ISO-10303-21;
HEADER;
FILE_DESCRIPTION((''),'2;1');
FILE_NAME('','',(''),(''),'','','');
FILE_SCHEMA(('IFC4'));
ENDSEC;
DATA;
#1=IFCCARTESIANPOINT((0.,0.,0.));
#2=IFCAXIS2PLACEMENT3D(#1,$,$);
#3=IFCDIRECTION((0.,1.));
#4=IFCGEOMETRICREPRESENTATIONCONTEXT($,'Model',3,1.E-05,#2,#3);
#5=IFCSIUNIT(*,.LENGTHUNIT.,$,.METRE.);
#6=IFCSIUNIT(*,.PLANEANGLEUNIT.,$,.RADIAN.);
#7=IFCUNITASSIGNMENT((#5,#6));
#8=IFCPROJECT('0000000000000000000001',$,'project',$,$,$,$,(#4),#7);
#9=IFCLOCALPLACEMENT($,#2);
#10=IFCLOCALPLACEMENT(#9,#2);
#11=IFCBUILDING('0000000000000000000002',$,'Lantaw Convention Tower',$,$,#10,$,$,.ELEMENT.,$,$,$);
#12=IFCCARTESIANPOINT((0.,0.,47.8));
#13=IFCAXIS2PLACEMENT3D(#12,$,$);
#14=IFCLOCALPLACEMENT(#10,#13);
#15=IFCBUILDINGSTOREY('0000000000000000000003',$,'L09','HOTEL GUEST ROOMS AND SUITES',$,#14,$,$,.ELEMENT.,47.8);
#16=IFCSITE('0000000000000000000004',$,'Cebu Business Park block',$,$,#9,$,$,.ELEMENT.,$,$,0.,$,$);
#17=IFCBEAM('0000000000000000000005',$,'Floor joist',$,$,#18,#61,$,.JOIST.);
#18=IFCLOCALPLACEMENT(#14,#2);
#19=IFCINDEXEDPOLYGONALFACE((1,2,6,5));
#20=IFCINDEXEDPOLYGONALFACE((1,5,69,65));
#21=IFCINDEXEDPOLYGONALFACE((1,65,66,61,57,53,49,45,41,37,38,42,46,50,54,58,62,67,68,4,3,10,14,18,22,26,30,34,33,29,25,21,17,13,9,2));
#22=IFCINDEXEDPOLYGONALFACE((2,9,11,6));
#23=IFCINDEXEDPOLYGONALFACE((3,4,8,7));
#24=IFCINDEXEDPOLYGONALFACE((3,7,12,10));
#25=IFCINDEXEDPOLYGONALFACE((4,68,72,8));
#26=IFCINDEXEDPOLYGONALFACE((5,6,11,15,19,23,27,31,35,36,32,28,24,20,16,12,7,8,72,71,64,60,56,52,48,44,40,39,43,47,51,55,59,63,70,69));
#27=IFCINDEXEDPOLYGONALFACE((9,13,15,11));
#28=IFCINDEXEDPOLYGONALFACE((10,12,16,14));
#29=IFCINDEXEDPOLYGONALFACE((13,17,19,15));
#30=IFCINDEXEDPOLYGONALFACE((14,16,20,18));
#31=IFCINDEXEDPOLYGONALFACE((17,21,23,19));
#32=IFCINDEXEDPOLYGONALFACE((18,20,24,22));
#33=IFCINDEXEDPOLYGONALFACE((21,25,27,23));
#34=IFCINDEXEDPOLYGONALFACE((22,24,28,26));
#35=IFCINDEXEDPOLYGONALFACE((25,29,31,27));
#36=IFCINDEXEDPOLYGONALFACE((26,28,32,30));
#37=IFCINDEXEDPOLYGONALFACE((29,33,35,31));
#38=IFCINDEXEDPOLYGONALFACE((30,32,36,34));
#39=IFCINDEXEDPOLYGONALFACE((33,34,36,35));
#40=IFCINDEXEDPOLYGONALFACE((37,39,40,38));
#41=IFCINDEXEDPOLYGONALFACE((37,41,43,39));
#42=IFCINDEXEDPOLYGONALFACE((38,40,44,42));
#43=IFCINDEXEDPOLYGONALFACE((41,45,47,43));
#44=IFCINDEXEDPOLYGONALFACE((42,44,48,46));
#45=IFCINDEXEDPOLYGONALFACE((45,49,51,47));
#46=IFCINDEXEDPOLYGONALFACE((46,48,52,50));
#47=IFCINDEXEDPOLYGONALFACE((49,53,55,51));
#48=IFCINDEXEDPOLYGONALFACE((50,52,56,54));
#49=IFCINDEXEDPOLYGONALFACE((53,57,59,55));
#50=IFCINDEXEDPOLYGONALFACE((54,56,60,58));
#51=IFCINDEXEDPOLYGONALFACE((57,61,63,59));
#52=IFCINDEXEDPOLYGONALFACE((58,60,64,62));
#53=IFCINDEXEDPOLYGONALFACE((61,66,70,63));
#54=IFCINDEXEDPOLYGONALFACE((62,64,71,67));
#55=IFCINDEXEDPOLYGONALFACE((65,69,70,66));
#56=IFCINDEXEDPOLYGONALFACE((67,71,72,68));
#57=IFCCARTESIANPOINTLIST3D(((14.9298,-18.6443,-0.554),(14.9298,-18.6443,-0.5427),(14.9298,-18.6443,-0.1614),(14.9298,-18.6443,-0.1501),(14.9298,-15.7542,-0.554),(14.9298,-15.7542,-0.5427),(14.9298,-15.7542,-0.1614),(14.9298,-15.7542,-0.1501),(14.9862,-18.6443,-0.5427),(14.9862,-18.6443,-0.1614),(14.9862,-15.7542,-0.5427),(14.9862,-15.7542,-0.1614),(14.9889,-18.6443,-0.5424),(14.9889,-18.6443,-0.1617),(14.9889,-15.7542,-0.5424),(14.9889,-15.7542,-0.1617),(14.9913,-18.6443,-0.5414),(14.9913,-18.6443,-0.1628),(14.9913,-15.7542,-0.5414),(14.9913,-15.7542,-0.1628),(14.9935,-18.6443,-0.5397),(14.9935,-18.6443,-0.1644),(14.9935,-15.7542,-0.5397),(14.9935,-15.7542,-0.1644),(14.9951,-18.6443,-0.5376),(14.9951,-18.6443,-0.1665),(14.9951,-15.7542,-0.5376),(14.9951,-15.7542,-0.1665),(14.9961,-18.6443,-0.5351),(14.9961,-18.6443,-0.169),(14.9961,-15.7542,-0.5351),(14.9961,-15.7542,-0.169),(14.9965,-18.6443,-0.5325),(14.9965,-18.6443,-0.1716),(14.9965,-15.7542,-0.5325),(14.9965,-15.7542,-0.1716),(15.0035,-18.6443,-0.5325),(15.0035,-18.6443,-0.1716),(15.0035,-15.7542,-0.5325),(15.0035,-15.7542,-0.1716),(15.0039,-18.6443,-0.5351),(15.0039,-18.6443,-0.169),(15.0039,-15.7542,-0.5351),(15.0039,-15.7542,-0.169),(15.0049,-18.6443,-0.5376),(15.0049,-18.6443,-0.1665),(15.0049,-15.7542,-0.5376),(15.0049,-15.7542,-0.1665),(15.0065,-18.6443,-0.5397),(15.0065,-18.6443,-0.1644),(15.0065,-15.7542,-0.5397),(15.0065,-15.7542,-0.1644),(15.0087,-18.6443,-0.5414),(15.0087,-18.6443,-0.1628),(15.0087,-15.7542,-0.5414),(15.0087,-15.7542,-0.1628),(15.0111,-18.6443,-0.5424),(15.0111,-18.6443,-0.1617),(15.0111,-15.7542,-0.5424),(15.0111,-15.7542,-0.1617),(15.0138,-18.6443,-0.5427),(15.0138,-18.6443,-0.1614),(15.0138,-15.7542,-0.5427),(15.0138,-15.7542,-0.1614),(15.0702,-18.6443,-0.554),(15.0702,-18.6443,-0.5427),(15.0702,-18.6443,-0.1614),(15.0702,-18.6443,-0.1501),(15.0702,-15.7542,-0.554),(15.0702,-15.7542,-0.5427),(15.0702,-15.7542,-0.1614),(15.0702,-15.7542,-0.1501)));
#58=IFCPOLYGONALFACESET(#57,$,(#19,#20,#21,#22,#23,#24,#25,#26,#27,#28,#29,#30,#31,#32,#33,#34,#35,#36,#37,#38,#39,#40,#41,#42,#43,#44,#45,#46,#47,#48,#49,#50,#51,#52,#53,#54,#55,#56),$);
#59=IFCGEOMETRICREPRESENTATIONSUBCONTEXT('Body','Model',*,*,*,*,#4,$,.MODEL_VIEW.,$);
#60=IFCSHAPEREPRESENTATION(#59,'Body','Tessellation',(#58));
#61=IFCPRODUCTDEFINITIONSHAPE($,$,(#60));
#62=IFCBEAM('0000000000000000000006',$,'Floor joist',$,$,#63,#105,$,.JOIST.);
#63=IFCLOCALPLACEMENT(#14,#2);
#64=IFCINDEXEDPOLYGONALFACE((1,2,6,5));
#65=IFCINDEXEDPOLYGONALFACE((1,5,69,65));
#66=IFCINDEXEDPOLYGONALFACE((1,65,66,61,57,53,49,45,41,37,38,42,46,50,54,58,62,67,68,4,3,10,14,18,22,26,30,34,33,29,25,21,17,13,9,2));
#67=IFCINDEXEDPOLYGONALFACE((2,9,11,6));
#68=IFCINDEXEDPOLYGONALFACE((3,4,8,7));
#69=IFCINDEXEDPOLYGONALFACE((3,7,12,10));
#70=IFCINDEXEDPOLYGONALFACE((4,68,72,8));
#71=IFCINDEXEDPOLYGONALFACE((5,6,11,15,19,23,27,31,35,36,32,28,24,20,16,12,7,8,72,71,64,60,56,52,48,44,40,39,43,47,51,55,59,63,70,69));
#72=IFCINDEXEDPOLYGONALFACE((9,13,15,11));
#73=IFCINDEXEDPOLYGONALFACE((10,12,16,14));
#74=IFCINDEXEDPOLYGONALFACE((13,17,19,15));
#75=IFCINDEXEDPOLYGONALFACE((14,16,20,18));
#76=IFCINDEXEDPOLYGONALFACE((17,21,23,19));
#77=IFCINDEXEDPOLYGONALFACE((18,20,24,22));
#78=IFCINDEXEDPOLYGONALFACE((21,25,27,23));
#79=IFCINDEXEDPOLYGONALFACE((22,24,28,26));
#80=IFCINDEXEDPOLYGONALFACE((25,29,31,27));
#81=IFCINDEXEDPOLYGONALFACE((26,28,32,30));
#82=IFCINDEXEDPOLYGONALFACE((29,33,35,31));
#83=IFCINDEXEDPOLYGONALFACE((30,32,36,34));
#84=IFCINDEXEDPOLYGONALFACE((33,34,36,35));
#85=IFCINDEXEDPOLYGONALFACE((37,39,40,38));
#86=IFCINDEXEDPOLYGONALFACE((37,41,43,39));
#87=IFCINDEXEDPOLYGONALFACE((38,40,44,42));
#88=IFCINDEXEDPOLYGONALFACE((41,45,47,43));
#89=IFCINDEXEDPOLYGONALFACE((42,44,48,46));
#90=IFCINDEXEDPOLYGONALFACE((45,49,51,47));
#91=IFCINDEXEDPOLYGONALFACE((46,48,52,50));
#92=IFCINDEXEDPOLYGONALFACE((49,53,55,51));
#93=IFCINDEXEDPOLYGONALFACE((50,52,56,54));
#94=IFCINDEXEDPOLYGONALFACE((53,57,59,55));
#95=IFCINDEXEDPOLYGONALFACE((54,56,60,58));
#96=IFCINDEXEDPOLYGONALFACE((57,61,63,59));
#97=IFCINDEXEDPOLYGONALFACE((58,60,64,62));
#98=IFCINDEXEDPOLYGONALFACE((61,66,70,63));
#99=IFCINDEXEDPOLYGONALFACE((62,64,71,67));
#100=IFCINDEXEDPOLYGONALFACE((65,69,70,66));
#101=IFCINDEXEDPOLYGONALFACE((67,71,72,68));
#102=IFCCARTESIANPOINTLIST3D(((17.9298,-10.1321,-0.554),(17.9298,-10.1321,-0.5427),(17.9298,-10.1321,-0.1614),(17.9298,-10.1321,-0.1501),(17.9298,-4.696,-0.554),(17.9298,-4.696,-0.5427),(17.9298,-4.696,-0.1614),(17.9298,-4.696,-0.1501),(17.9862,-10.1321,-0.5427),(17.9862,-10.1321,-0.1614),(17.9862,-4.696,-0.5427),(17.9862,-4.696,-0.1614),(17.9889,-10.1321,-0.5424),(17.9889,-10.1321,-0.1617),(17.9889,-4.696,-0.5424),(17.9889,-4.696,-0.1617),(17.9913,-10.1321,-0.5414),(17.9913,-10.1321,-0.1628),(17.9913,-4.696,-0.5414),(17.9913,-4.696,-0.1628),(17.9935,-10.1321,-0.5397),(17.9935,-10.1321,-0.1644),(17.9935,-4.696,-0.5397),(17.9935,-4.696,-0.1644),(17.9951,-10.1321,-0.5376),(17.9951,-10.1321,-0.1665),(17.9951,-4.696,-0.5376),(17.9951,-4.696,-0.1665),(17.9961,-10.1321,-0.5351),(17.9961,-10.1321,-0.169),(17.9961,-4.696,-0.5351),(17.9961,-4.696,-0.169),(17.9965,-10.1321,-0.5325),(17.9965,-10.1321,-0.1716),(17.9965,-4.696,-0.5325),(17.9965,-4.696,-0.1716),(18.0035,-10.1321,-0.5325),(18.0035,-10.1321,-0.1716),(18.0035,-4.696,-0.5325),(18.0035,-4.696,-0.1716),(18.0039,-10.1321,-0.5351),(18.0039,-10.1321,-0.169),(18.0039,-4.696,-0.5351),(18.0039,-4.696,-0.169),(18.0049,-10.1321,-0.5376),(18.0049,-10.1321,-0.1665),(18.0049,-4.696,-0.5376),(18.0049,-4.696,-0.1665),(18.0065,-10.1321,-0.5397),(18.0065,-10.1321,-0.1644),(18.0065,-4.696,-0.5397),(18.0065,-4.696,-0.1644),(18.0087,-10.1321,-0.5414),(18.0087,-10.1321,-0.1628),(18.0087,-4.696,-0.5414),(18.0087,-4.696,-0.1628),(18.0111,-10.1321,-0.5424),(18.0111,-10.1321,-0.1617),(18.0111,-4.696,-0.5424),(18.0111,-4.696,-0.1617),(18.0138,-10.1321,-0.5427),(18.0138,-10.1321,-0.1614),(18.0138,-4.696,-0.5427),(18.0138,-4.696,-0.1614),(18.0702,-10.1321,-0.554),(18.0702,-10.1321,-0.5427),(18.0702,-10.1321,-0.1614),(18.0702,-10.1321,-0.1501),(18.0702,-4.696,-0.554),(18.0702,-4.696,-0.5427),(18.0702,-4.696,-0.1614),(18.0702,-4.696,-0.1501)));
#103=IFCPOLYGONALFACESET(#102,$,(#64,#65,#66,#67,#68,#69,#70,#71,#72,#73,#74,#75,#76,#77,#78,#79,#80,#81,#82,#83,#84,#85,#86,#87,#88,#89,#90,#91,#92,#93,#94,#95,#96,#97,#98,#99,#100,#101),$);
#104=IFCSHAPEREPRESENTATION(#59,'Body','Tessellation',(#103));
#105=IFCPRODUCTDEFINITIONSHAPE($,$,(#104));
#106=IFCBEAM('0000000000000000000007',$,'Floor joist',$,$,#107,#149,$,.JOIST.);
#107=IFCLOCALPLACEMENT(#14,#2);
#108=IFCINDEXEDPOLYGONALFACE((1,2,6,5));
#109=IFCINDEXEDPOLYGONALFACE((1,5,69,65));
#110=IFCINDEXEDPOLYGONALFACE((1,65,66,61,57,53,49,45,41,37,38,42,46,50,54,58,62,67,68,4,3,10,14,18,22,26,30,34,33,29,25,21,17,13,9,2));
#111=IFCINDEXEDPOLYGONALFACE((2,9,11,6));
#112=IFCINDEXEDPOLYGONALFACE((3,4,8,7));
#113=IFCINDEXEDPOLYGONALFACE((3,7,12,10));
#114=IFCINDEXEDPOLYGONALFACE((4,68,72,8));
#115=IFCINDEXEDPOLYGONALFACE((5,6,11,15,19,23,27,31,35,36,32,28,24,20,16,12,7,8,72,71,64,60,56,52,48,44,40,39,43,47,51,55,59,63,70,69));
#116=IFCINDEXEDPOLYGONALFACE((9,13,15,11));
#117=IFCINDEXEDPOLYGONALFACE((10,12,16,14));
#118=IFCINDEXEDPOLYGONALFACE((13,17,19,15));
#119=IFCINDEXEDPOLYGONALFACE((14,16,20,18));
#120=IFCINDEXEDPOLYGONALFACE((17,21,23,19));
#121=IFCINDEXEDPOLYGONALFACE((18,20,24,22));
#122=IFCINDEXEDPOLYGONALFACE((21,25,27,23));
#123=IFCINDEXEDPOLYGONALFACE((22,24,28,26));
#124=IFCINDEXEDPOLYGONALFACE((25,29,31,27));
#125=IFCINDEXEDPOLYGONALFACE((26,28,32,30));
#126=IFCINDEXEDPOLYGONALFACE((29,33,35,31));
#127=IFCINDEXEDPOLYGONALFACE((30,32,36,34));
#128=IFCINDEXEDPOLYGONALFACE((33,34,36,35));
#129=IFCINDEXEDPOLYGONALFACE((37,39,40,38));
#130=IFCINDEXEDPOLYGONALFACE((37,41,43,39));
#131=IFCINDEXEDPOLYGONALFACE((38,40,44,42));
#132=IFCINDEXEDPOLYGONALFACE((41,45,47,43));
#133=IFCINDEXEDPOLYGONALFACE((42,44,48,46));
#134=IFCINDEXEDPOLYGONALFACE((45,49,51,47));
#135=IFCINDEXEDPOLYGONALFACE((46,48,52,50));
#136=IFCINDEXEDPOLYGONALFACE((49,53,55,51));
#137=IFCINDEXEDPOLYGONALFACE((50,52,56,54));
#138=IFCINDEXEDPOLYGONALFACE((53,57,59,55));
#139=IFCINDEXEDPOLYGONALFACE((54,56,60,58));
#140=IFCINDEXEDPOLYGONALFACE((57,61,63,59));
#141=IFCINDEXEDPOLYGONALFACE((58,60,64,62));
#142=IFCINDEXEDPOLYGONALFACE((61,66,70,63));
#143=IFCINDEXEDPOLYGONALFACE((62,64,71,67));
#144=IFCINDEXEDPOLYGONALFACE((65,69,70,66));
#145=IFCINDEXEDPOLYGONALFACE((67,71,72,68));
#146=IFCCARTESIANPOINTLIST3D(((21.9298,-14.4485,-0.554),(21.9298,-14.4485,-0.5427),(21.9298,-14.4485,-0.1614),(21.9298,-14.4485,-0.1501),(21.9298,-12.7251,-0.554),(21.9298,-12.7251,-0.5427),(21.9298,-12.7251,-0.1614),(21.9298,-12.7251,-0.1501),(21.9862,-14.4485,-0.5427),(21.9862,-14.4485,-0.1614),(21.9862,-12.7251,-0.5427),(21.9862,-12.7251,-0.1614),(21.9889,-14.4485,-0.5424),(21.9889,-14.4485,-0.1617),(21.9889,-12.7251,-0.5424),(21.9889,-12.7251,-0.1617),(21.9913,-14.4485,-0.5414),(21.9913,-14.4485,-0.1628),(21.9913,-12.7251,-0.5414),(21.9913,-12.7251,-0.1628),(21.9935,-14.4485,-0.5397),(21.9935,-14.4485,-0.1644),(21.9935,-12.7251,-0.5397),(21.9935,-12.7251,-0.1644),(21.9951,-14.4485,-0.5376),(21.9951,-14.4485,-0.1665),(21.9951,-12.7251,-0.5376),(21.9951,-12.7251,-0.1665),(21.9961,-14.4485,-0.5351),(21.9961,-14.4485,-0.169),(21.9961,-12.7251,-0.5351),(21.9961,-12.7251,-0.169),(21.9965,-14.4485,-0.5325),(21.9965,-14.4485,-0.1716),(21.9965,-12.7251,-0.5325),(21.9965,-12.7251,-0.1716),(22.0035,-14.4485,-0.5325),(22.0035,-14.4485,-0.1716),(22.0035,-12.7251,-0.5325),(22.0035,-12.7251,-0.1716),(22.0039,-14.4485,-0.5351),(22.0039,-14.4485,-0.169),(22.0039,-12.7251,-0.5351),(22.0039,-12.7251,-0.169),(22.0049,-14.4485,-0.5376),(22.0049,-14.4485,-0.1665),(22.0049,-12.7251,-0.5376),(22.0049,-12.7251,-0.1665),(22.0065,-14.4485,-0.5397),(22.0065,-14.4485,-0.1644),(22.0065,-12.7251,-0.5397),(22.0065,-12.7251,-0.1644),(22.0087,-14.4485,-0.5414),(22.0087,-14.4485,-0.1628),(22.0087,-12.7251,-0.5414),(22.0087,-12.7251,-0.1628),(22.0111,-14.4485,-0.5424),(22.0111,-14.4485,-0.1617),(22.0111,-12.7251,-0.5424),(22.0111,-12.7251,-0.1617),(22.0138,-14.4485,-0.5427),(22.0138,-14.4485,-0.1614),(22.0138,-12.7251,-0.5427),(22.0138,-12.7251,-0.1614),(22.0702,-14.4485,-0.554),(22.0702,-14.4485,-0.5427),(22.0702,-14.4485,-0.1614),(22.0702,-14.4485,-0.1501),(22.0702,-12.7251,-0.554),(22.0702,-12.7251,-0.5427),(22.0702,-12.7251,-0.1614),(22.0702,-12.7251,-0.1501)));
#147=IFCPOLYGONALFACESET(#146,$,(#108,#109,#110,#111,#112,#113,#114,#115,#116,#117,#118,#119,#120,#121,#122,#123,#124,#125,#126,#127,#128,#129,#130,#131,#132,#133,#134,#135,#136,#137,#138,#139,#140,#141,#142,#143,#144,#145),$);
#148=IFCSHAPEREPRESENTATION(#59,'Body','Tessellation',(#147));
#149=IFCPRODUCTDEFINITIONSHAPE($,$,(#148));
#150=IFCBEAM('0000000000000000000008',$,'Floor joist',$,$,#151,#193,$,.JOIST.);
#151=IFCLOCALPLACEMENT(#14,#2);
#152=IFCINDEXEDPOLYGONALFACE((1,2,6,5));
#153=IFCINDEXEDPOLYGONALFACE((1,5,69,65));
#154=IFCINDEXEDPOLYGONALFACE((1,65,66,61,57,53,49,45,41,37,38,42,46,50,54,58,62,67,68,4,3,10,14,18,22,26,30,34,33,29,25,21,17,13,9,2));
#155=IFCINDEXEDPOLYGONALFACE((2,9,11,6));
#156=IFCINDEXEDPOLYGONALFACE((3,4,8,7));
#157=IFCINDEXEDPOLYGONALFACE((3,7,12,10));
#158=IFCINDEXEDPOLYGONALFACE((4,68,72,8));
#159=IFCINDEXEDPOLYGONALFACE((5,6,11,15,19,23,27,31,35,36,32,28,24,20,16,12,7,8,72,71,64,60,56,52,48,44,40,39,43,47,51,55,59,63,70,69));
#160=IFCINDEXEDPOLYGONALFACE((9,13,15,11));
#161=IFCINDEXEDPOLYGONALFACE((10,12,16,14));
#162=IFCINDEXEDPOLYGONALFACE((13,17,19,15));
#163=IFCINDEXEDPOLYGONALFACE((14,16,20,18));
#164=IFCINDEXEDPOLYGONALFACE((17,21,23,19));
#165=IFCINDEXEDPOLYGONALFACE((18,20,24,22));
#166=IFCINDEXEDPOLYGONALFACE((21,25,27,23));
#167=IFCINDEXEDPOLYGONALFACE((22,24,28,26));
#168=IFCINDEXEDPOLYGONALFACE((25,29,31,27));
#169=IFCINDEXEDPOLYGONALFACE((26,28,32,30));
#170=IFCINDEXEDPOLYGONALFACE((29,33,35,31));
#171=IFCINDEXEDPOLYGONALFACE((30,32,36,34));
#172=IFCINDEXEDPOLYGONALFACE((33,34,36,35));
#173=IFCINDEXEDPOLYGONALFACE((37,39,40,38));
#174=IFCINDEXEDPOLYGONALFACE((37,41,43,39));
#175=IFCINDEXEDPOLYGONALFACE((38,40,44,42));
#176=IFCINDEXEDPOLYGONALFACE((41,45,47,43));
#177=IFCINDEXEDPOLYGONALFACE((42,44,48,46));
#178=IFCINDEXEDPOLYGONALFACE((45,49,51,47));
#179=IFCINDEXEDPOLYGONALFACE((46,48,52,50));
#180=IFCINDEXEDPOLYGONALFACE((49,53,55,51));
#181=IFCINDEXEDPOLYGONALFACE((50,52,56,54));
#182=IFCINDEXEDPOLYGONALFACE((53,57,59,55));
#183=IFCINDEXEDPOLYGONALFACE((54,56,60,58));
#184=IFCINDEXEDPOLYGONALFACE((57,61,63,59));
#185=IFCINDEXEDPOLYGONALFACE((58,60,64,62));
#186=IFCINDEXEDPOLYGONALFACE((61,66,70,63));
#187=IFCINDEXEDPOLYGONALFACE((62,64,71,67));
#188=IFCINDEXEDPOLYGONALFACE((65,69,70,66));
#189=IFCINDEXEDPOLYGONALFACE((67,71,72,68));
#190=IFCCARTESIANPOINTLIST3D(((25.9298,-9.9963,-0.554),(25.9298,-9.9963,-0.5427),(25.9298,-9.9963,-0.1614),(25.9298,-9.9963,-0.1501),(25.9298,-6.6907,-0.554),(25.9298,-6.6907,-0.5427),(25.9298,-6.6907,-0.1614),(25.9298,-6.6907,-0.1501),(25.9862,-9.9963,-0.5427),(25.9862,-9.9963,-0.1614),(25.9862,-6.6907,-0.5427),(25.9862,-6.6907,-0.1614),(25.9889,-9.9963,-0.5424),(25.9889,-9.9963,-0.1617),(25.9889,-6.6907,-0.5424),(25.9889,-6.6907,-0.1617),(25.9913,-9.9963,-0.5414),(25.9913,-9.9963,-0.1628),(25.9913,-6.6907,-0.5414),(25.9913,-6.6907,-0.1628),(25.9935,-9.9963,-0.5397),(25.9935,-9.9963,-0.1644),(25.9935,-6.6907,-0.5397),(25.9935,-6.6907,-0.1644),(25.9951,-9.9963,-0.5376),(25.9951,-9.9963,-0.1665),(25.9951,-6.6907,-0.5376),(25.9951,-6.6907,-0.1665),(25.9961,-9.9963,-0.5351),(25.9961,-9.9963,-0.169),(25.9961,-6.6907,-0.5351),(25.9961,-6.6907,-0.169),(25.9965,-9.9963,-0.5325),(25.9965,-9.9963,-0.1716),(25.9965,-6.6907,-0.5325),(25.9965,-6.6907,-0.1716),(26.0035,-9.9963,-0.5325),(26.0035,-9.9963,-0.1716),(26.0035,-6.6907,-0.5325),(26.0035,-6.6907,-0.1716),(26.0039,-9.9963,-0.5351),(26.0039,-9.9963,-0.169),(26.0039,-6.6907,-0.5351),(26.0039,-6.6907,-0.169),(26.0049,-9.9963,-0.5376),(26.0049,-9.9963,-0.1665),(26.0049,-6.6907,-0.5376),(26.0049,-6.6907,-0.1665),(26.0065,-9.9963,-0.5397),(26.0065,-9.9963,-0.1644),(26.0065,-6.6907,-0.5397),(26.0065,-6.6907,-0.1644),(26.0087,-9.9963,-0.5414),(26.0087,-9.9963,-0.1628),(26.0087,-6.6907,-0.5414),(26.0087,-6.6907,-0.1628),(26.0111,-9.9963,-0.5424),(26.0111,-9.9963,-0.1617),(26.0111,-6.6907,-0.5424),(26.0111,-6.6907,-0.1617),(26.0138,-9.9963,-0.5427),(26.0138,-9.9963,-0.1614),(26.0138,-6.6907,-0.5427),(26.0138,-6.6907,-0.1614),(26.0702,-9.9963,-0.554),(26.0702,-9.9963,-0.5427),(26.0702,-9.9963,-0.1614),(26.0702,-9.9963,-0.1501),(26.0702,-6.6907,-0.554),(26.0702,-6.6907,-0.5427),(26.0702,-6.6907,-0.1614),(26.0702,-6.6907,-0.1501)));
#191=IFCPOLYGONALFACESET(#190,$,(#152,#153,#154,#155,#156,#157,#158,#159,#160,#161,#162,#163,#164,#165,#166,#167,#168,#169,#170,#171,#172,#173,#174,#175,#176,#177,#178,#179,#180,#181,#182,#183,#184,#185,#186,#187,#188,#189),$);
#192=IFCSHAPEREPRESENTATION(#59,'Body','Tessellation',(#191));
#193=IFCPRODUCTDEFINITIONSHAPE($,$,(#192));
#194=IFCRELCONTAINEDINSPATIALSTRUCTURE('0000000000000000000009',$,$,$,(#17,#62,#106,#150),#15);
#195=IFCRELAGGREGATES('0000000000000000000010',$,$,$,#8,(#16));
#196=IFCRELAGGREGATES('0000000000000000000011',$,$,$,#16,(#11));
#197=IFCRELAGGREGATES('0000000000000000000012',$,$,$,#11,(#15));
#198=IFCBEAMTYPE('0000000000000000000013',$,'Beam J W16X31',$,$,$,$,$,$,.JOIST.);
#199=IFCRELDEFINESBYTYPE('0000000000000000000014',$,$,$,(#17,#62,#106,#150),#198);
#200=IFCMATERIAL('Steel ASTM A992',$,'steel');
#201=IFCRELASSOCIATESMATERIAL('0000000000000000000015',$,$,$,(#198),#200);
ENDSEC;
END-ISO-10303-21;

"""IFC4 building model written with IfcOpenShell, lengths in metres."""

from ifc_helpers import new_model, si_unit, direction, frame, origin, origin_2d, place, context, subcontext, project, spatial, i_section, extrude, material, material_profile, profile_set, type_object, element, save


model = new_model("IFC4")

# Units and contexts
model_context = context("Model", 3, precision=1e-05, world=origin(), true_north=direction((0.0, 1.0)))
body_context = subcontext(model_context, "Body", "Model", "MODEL_VIEW")
ifc_project = project(units=[si_unit("LENGTHUNIT", "METRE"), si_unit("PLANEANGLEUNIT", "RADIAN")], contexts=[model_context])

# Site, building, storey
site_placement = place(None, origin())
site = spatial("IfcSite", under=ifc_project, at=site_placement, Name="Cebu Business Park block", CompositionType="ELEMENT", RefElevation=0.0)
building_placement = place(site_placement, origin())
building = spatial("IfcBuilding", under=site, at=building_placement, Name="Lantaw Convention Tower", CompositionType="ELEMENT")
storey_placement = place(building_placement, frame((0.0, 0.0, 47.8)))
storey = spatial("IfcBuildingStorey", under=building, at=storey_placement, Name="L09", Description="HOTEL GUEST ROOMS AND SUITES", CompositionType="ELEMENT", Elevation=47.8)

# Beams
ifc_material_1 = material(Name="Steel ASTM A992", Category="steel")
ifc_material_profile_1 = material_profile(ifc_material_1, i_section(OverallWidth=0.1404, OverallDepth=0.4038, WebThickness=0.0071, FlangeThickness=0.0112, FilletRadius=0.0103, at=origin_2d()), Name="W16X31")
ifc_profile_set_1 = profile_set([ifc_material_profile_1], Name="Steel ASTM A992")
beam_type_1 = type_object("IfcBeamType", Name="Beam J W16X31", PredefinedType="JOIST", material=ifc_profile_set_1)
beam_1_placement = place(storey_placement, frame((15.0, -18.6443, -0.3521), z_axis=(0.0, 1.0, 0.0), x_axis=(-1.0, 0.0, 0.0)))
element("IfcBeam", 1, at=beam_1_placement, inside=storey, type_object=beam_type_1, Name="Floor joist", PredefinedType="JOIST", context=body_context, shape_type="SweptSolid", body=[
    extrude(i_section(OverallWidth=0.1404, OverallDepth=0.4038, WebThickness=0.0071, FlangeThickness=0.0112, FilletRadius=0.0103, at=origin_2d()), origin(), (0.0, 0.0, 1.0), 2.8901),
])
beam_2_placement = place(storey_placement, frame((18.0, -10.1321, -0.3521), z_axis=(0.0, 1.0, 0.0), x_axis=(-1.0, 0.0, 0.0)))
element("IfcBeam", 2, at=beam_2_placement, inside=storey, type_object=beam_type_1, Name="Floor joist", PredefinedType="JOIST", context=body_context, shape_type="SweptSolid", body=[
    extrude(i_section(OverallWidth=0.1404, OverallDepth=0.4038, WebThickness=0.0071, FlangeThickness=0.0112, FilletRadius=0.0103, at=origin_2d()), origin(), (0.0, 0.0, 1.0), 5.436),
])
beam_3_placement = place(storey_placement, frame((22.0, -14.4485, -0.3521), z_axis=(0.0, 1.0, 0.0), x_axis=(-1.0, 0.0, 0.0)))
element("IfcBeam", 3, at=beam_3_placement, inside=storey, type_object=beam_type_1, Name="Floor joist", PredefinedType="JOIST", context=body_context, shape_type="SweptSolid", body=[
    extrude(i_section(OverallWidth=0.1404, OverallDepth=0.4038, WebThickness=0.0071, FlangeThickness=0.0112, FilletRadius=0.0103, at=origin_2d()), origin(), (0.0, 0.0, 1.0), 1.7234),
])
beam_4_placement = place(storey_placement, frame((26.0, -9.9963, -0.3521), z_axis=(0.0, 1.0, 0.0), x_axis=(-1.0, 0.0, 0.0)))
element("IfcBeam", 4, at=beam_4_placement, inside=storey, type_object=beam_type_1, Name="Floor joist", PredefinedType="JOIST", context=body_context, shape_type="SweptSolid", body=[
    extrude(i_section(OverallWidth=0.1404, OverallDepth=0.4038, WebThickness=0.0071, FlangeThickness=0.0112, FilletRadius=0.0103, at=origin_2d()), origin(), (0.0, 0.0, 1.0), 3.3057),
])

save(model, "model.ifc")
